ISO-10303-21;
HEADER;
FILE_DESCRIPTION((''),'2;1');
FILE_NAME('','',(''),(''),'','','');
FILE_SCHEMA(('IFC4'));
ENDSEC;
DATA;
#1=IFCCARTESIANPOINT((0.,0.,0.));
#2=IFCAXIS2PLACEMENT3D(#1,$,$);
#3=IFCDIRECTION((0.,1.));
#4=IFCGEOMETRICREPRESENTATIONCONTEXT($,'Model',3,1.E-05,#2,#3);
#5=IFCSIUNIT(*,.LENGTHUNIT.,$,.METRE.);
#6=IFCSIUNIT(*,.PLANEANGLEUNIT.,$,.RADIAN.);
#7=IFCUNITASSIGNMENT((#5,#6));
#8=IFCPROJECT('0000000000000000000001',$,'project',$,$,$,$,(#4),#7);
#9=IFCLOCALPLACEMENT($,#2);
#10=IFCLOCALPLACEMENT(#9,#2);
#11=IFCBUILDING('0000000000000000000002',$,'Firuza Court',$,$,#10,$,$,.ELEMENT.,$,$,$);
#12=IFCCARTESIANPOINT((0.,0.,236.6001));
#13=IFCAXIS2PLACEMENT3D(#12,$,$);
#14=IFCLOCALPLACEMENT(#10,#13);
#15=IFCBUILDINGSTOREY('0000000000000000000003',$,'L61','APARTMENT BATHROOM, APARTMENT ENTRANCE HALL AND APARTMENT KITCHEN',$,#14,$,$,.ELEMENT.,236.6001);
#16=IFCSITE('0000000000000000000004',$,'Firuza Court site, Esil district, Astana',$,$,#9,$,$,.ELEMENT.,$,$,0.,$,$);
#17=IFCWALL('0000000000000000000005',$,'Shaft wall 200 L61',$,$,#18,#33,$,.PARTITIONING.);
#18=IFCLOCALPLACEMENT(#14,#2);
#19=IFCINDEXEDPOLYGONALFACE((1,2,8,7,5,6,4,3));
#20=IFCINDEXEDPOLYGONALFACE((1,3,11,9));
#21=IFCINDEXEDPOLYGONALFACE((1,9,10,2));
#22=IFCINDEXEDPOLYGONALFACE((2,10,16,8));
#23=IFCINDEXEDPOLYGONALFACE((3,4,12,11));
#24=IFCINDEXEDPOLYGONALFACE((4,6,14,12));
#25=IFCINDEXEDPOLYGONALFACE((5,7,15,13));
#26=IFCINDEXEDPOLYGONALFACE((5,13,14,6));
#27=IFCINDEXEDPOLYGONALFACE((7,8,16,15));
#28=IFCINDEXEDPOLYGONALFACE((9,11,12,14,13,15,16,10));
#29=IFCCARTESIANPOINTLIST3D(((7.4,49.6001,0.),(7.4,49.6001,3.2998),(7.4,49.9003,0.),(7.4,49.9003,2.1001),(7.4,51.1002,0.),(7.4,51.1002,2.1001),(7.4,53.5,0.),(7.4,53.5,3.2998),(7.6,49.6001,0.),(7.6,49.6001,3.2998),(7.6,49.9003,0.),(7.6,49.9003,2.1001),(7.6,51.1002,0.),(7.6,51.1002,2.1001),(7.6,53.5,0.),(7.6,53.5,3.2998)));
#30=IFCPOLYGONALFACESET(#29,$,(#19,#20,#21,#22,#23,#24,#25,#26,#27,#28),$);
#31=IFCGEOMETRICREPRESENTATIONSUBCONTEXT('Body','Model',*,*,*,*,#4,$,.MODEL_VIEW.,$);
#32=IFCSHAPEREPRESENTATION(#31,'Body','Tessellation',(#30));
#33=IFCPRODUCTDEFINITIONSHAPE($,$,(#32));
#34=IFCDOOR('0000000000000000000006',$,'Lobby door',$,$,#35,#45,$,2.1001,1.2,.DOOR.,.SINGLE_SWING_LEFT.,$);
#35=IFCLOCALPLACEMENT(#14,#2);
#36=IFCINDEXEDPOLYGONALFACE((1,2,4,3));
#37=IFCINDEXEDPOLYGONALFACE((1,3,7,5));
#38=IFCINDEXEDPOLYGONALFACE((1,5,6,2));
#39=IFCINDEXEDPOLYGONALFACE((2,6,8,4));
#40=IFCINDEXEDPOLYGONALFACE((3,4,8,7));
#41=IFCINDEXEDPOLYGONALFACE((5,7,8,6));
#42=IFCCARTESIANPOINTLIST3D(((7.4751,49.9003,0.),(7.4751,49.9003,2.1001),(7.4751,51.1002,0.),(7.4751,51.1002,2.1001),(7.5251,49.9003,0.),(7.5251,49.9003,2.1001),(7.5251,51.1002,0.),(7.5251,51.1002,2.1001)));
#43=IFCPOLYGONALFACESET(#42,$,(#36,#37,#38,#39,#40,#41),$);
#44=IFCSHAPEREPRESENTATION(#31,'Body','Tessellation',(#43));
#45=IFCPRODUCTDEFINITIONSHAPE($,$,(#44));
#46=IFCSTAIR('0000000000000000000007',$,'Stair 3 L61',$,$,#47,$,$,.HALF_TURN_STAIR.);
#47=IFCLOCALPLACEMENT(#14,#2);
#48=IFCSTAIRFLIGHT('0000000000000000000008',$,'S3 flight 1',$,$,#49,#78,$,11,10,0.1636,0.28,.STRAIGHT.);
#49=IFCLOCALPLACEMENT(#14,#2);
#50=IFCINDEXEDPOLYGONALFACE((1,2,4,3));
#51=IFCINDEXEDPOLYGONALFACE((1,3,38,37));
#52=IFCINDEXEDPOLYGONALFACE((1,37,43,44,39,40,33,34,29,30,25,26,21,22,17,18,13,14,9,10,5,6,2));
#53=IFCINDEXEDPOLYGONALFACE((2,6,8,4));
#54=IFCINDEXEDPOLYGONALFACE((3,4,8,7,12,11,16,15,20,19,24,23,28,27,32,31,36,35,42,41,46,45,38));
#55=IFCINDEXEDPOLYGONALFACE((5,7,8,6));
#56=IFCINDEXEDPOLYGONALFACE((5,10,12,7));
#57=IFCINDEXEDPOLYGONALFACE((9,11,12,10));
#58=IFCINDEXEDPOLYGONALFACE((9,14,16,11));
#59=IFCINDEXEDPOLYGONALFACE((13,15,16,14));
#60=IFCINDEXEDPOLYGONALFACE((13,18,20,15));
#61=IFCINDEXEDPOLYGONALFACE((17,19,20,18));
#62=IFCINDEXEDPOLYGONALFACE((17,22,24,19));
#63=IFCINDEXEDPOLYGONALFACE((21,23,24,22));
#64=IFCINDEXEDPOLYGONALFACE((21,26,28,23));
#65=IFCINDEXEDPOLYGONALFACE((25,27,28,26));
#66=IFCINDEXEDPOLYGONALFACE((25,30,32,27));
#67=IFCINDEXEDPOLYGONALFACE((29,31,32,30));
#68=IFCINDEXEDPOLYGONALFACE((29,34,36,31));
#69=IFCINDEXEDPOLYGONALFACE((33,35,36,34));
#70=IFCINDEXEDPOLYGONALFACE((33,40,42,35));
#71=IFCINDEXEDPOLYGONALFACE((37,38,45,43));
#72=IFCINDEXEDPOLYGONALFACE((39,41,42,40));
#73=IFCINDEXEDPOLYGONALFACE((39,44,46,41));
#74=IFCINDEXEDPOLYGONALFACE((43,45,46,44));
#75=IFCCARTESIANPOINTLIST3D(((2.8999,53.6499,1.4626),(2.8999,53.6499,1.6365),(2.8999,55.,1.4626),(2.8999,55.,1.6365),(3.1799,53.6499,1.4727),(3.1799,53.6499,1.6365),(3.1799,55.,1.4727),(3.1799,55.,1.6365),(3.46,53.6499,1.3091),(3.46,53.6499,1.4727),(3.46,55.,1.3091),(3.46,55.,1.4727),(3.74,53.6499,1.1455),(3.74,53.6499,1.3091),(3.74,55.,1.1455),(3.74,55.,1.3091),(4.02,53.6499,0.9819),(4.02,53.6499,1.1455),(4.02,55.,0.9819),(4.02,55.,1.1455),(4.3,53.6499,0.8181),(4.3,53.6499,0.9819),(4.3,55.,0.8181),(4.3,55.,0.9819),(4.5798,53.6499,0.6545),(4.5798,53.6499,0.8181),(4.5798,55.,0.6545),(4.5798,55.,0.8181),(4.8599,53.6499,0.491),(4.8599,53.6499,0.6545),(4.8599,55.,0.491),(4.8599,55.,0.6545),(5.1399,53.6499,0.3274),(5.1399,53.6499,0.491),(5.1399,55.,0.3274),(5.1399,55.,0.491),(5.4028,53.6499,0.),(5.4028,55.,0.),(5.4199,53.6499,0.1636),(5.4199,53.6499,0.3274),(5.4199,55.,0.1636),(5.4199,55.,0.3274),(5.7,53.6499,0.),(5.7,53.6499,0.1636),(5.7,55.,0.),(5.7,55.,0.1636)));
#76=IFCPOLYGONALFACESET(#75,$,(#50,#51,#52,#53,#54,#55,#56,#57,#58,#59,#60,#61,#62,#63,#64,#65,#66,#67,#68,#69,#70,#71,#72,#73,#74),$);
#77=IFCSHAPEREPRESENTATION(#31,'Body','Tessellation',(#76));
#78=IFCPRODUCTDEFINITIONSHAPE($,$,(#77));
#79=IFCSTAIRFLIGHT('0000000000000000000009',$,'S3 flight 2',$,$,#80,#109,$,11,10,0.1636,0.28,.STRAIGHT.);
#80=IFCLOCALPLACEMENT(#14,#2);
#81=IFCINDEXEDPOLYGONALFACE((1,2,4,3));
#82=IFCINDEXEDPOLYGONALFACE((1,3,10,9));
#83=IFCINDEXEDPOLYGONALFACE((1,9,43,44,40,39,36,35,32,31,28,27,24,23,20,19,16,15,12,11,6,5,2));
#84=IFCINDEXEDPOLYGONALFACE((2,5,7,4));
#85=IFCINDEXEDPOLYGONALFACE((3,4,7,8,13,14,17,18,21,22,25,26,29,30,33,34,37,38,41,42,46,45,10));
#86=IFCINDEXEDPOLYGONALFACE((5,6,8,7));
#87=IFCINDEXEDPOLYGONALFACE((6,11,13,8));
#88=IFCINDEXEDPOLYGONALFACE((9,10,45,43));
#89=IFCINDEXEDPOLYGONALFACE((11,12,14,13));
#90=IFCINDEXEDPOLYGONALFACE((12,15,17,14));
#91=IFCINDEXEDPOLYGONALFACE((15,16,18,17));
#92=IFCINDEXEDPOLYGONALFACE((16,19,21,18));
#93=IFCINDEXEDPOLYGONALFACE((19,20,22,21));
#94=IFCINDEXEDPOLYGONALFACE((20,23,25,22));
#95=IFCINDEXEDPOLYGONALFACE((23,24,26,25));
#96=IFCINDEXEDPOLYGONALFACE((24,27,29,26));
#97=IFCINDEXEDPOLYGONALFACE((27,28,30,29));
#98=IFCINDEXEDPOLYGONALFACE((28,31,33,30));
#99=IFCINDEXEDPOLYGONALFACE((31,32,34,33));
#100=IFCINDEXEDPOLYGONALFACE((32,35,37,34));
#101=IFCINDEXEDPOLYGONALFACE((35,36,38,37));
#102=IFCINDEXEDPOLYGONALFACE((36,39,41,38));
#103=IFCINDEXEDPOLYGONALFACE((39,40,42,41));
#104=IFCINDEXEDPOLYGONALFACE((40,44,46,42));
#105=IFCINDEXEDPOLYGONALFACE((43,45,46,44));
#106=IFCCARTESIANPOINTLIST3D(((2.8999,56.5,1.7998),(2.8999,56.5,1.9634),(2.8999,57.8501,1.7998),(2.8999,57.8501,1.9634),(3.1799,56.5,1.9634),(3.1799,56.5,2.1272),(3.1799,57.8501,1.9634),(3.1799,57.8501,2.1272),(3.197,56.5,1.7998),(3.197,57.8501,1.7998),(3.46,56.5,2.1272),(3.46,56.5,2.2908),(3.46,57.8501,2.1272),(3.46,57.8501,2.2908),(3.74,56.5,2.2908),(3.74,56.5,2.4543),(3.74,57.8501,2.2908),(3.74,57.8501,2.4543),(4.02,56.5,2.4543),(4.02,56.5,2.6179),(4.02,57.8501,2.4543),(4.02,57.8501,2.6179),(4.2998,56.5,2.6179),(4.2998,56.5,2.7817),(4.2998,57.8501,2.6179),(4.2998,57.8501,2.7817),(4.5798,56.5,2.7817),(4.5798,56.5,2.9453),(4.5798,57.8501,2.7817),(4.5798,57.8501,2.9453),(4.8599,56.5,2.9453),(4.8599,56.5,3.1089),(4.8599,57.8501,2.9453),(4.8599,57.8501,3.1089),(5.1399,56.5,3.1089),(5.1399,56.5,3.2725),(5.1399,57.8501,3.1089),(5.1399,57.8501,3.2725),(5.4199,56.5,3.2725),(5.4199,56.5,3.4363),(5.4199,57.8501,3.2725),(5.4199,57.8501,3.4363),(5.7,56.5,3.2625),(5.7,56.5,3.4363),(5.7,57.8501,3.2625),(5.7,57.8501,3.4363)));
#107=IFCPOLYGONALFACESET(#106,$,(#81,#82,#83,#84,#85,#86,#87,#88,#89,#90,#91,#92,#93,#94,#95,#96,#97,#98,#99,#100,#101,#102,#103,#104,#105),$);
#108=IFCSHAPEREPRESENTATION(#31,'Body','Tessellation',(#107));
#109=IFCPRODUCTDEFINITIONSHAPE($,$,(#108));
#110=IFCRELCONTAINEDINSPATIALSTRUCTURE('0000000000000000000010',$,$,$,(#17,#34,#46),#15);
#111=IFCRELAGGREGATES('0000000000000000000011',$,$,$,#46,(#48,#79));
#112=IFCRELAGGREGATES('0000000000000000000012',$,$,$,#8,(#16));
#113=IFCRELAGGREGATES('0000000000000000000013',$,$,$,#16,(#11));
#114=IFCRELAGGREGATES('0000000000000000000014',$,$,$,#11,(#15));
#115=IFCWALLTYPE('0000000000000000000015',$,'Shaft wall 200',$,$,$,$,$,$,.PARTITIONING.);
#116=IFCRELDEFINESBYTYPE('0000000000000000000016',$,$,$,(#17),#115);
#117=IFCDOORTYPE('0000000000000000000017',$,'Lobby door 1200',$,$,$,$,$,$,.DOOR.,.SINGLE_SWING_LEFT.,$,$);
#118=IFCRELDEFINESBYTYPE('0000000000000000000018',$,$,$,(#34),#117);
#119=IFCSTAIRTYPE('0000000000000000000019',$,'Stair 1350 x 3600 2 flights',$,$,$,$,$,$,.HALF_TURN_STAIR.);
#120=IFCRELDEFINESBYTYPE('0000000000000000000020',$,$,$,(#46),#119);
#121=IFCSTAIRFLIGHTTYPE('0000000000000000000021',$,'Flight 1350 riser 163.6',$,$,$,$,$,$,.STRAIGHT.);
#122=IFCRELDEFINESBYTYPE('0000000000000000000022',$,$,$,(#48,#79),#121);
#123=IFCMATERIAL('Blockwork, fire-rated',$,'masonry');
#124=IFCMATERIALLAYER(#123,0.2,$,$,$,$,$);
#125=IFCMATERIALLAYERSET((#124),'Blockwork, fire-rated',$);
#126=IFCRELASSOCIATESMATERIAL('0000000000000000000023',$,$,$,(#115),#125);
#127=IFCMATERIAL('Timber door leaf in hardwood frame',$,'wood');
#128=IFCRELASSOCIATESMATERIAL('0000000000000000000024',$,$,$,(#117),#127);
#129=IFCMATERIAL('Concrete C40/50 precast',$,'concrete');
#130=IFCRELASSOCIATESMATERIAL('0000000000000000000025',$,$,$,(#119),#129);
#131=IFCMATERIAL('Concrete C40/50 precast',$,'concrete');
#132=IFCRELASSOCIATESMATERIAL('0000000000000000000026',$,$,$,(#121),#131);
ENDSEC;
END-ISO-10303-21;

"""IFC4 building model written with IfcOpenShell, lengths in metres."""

from ifc_helpers import new_model, si_unit, direction, frame, frame_2d, origin, place, context, subcontext, project, spatial, polyline, rectangle, outline, extrude, material, layer, layer_set, type_object, element, fill, aggregate, save


model = new_model("IFC4")

# Units and contexts
model_context = context("Model", 3, precision=1e-05, world=origin(), true_north=direction((0.0, 1.0)))
body_context = subcontext(model_context, "Body", "Model", "MODEL_VIEW")
ifc_project = project(units=[si_unit("LENGTHUNIT", "METRE"), si_unit("PLANEANGLEUNIT", "RADIAN")], contexts=[model_context])

# Site, building, storey
site_placement = place(None, origin())
site = spatial("IfcSite", under=ifc_project, at=site_placement, Name="Firuza Court site, Esil district, Astana", CompositionType="ELEMENT", RefElevation=0.0)
building_placement = place(site_placement, origin())
building = spatial("IfcBuilding", under=site, at=building_placement, Name="Firuza Court", CompositionType="ELEMENT")
storey_placement = place(building_placement, frame((0.0, 0.0, 236.6001)))
storey = spatial("IfcBuildingStorey", under=building, at=storey_placement, Name="L61", Description="APARTMENT BATHROOM, APARTMENT ENTRANCE HALL AND APARTMENT KITCHEN", CompositionType="ELEMENT", Elevation=236.6001)

# Shared definitions
ifc_material_1 = material(Name="Blockwork, fire-rated", Category="masonry")
ifc_layer_1 = layer(ifc_material_1, 0.2)
ifc_layer_set_1 = layer_set([ifc_layer_1], Name="Blockwork, fire-rated")
wall_type_1 = type_object("IfcWallType", Name="Shaft wall 200", PredefinedType="PARTITIONING", material=ifc_layer_set_1)

# Wall, opening, door
wall_1_placement = place(storey_placement, frame((7.5, 49.6001, 0.0), z_axis=(0.0, 0.0, 1.0), x_axis=(0.0, 1.0, 0.0)))
wall_1 = element("IfcWall", 1, at=wall_1_placement, inside=storey, type_object=wall_type_1, Name="Shaft wall 200 L61", PredefinedType="PARTITIONING", context=body_context, shape_type="SweptSolid", body=[
    extrude(rectangle(XDim=3.8999, YDim=0.2, at=frame_2d((1.95, 0.0))), origin(), (0.0, 0.0, 1.0), 3.2998),
])
opening_1_placement = place(wall_1_placement, frame((0.3, 0.0, 0.0)))
opening_1 = element("IfcOpeningElement", 2, at=opening_1_placement, cuts=wall_1, PredefinedType="OPENING", context=body_context, shape_type="SweptSolid", body=[
    extrude(rectangle(XDim=1.2, YDim=2.1001, at=frame_2d((0.6001, 1.05))), frame((0.0, 0.1118, 0.0), z_axis=(0.0, -1.0, 0.0), x_axis=(1.0, 0.0, 0.0)), (0.0, 0.0, 1.0), 0.2239),
])
ifc_material_2 = material(Name="Timber door leaf in hardwood frame", Category="wood")
door_type_1 = type_object("IfcDoorType", Name="Lobby door 1200", OperationType="SINGLE_SWING_LEFT", PredefinedType="DOOR", material=ifc_material_2)
door_1_placement = place(opening_1_placement, origin())
door_1 = element("IfcDoor", 3, at=door_1_placement, inside=storey, type_object=door_type_1, Name="Lobby door", OperationType="SINGLE_SWING_LEFT", OverallHeight=2.1001, OverallWidth=1.2, PredefinedType="DOOR", context=body_context, shape_type="SweptSolid", body=[
    extrude(rectangle(XDim=1.2, YDim=2.1001, at=frame_2d((0.6001, 1.05))), frame((0.0, 0.0249, 0.0), z_axis=(0.0, -1.0, 0.0), x_axis=(1.0, 0.0, 0.0)), (0.0, 0.0, 1.0), 0.05),
])
fill(opening_1, door_1)

# Stair, stair flights
ifc_material_3 = material(Name="Concrete C40/50 precast", Category="concrete")
stair_type = type_object("IfcStairType", Name="Stair 1350 x 3600 2 flights", PredefinedType="HALF_TURN_STAIR", material=ifc_material_3)
stair_placement = place(storey_placement, origin())
stair = element("IfcStair", 4, at=stair_placement, inside=storey, type_object=stair_type, Name="Stair 3 L61", PredefinedType="HALF_TURN_STAIR")
ifc_material_4 = material(Name="Concrete C40/50 precast", Category="concrete")
stair_flight_type = type_object("IfcStairFlightType", Name="Flight 1350 riser 163.6", PredefinedType="STRAIGHT", material=ifc_material_4)
stair_flight_1_placement = place(storey_placement, frame((5.7, 54.325, 0.0), z_axis=(0.0, 0.0, 1.0), x_axis=(-1.0, 0.0, 0.0)))
stair_flight_1 = element("IfcStairFlight", 5, at=stair_flight_1_placement, type_object=stair_flight_type, Name="S3 flight 1", NumberOfRisers=11, NumberOfTreads=10, PredefinedType="STRAIGHT", RiserHeight=0.1636, TreadLength=0.28, context=body_context, shape_type="SweptSolid", body=[
    extrude(outline(polyline([(0.0, 0.0), (0.0, 0.1636), (0.28, 0.1636), (0.28, 0.3274), (0.5601, 0.3274), (0.5601, 0.491), (0.8401, 0.491), (0.8401, 0.6545), (1.1201, 0.6545), (1.1201, 0.8181), (1.3999, 0.8181), (1.3999, 0.9819), (1.6799, 0.9819), (1.6799, 1.1455), (1.96, 1.1455), (1.96, 1.3091), (2.24, 1.3091), (2.24, 1.4727), (2.52, 1.4727), (2.52, 1.6365), (2.8, 1.6365), (2.8, 1.8), (2.8, 1.4626), (0.2971, 0.0), (0.0, 0.0)])), frame((0.0, 0.675, 0.0), z_axis=(0.0, -1.0, 0.0), x_axis=(1.0, 0.0, 0.0)), (0.0, 0.0, 1.0), 1.3501),
])
stair_flight_2_placement = place(storey_placement, frame((2.8999, 57.175, 1.7998), z_axis=(0.0, 0.0, 1.0), x_axis=(1.0, 0.0, 0.0)))
stair_flight_2 = element("IfcStairFlight", 6, at=stair_flight_2_placement, type_object=stair_flight_type, Name="S3 flight 2", NumberOfRisers=11, NumberOfTreads=10, PredefinedType="STRAIGHT", RiserHeight=0.1636, TreadLength=0.28, context=body_context, shape_type="SweptSolid", body=[
    extrude(outline(polyline([(0.0, 0.0), (0.0, 0.1636), (0.28, 0.1636), (0.28, 0.3274), (0.5601, 0.3274), (0.5601, 0.491), (0.8401, 0.491), (0.8401, 0.6545), (1.1201, 0.6545), (1.1201, 0.8181), (1.3999, 0.8181), (1.3999, 0.9819), (1.6799, 0.9819), (1.6799, 1.1455), (1.96, 1.1455), (1.96, 1.3091), (2.24, 1.3091), (2.24, 1.4727), (2.52, 1.4727), (2.52, 1.6365), (2.8, 1.6365), (2.8, 1.8), (2.8, 1.4626), (0.2971, 0.0), (0.0, 0.0)])), frame((0.0, 0.675, 0.0), z_axis=(0.0, -1.0, 0.0), x_axis=(1.0, 0.0, 0.0)), (0.0, 0.0, 1.0), 1.3501),
])
aggregate(stair, [stair_flight_1, stair_flight_2])

save(model, "model.ifc")
